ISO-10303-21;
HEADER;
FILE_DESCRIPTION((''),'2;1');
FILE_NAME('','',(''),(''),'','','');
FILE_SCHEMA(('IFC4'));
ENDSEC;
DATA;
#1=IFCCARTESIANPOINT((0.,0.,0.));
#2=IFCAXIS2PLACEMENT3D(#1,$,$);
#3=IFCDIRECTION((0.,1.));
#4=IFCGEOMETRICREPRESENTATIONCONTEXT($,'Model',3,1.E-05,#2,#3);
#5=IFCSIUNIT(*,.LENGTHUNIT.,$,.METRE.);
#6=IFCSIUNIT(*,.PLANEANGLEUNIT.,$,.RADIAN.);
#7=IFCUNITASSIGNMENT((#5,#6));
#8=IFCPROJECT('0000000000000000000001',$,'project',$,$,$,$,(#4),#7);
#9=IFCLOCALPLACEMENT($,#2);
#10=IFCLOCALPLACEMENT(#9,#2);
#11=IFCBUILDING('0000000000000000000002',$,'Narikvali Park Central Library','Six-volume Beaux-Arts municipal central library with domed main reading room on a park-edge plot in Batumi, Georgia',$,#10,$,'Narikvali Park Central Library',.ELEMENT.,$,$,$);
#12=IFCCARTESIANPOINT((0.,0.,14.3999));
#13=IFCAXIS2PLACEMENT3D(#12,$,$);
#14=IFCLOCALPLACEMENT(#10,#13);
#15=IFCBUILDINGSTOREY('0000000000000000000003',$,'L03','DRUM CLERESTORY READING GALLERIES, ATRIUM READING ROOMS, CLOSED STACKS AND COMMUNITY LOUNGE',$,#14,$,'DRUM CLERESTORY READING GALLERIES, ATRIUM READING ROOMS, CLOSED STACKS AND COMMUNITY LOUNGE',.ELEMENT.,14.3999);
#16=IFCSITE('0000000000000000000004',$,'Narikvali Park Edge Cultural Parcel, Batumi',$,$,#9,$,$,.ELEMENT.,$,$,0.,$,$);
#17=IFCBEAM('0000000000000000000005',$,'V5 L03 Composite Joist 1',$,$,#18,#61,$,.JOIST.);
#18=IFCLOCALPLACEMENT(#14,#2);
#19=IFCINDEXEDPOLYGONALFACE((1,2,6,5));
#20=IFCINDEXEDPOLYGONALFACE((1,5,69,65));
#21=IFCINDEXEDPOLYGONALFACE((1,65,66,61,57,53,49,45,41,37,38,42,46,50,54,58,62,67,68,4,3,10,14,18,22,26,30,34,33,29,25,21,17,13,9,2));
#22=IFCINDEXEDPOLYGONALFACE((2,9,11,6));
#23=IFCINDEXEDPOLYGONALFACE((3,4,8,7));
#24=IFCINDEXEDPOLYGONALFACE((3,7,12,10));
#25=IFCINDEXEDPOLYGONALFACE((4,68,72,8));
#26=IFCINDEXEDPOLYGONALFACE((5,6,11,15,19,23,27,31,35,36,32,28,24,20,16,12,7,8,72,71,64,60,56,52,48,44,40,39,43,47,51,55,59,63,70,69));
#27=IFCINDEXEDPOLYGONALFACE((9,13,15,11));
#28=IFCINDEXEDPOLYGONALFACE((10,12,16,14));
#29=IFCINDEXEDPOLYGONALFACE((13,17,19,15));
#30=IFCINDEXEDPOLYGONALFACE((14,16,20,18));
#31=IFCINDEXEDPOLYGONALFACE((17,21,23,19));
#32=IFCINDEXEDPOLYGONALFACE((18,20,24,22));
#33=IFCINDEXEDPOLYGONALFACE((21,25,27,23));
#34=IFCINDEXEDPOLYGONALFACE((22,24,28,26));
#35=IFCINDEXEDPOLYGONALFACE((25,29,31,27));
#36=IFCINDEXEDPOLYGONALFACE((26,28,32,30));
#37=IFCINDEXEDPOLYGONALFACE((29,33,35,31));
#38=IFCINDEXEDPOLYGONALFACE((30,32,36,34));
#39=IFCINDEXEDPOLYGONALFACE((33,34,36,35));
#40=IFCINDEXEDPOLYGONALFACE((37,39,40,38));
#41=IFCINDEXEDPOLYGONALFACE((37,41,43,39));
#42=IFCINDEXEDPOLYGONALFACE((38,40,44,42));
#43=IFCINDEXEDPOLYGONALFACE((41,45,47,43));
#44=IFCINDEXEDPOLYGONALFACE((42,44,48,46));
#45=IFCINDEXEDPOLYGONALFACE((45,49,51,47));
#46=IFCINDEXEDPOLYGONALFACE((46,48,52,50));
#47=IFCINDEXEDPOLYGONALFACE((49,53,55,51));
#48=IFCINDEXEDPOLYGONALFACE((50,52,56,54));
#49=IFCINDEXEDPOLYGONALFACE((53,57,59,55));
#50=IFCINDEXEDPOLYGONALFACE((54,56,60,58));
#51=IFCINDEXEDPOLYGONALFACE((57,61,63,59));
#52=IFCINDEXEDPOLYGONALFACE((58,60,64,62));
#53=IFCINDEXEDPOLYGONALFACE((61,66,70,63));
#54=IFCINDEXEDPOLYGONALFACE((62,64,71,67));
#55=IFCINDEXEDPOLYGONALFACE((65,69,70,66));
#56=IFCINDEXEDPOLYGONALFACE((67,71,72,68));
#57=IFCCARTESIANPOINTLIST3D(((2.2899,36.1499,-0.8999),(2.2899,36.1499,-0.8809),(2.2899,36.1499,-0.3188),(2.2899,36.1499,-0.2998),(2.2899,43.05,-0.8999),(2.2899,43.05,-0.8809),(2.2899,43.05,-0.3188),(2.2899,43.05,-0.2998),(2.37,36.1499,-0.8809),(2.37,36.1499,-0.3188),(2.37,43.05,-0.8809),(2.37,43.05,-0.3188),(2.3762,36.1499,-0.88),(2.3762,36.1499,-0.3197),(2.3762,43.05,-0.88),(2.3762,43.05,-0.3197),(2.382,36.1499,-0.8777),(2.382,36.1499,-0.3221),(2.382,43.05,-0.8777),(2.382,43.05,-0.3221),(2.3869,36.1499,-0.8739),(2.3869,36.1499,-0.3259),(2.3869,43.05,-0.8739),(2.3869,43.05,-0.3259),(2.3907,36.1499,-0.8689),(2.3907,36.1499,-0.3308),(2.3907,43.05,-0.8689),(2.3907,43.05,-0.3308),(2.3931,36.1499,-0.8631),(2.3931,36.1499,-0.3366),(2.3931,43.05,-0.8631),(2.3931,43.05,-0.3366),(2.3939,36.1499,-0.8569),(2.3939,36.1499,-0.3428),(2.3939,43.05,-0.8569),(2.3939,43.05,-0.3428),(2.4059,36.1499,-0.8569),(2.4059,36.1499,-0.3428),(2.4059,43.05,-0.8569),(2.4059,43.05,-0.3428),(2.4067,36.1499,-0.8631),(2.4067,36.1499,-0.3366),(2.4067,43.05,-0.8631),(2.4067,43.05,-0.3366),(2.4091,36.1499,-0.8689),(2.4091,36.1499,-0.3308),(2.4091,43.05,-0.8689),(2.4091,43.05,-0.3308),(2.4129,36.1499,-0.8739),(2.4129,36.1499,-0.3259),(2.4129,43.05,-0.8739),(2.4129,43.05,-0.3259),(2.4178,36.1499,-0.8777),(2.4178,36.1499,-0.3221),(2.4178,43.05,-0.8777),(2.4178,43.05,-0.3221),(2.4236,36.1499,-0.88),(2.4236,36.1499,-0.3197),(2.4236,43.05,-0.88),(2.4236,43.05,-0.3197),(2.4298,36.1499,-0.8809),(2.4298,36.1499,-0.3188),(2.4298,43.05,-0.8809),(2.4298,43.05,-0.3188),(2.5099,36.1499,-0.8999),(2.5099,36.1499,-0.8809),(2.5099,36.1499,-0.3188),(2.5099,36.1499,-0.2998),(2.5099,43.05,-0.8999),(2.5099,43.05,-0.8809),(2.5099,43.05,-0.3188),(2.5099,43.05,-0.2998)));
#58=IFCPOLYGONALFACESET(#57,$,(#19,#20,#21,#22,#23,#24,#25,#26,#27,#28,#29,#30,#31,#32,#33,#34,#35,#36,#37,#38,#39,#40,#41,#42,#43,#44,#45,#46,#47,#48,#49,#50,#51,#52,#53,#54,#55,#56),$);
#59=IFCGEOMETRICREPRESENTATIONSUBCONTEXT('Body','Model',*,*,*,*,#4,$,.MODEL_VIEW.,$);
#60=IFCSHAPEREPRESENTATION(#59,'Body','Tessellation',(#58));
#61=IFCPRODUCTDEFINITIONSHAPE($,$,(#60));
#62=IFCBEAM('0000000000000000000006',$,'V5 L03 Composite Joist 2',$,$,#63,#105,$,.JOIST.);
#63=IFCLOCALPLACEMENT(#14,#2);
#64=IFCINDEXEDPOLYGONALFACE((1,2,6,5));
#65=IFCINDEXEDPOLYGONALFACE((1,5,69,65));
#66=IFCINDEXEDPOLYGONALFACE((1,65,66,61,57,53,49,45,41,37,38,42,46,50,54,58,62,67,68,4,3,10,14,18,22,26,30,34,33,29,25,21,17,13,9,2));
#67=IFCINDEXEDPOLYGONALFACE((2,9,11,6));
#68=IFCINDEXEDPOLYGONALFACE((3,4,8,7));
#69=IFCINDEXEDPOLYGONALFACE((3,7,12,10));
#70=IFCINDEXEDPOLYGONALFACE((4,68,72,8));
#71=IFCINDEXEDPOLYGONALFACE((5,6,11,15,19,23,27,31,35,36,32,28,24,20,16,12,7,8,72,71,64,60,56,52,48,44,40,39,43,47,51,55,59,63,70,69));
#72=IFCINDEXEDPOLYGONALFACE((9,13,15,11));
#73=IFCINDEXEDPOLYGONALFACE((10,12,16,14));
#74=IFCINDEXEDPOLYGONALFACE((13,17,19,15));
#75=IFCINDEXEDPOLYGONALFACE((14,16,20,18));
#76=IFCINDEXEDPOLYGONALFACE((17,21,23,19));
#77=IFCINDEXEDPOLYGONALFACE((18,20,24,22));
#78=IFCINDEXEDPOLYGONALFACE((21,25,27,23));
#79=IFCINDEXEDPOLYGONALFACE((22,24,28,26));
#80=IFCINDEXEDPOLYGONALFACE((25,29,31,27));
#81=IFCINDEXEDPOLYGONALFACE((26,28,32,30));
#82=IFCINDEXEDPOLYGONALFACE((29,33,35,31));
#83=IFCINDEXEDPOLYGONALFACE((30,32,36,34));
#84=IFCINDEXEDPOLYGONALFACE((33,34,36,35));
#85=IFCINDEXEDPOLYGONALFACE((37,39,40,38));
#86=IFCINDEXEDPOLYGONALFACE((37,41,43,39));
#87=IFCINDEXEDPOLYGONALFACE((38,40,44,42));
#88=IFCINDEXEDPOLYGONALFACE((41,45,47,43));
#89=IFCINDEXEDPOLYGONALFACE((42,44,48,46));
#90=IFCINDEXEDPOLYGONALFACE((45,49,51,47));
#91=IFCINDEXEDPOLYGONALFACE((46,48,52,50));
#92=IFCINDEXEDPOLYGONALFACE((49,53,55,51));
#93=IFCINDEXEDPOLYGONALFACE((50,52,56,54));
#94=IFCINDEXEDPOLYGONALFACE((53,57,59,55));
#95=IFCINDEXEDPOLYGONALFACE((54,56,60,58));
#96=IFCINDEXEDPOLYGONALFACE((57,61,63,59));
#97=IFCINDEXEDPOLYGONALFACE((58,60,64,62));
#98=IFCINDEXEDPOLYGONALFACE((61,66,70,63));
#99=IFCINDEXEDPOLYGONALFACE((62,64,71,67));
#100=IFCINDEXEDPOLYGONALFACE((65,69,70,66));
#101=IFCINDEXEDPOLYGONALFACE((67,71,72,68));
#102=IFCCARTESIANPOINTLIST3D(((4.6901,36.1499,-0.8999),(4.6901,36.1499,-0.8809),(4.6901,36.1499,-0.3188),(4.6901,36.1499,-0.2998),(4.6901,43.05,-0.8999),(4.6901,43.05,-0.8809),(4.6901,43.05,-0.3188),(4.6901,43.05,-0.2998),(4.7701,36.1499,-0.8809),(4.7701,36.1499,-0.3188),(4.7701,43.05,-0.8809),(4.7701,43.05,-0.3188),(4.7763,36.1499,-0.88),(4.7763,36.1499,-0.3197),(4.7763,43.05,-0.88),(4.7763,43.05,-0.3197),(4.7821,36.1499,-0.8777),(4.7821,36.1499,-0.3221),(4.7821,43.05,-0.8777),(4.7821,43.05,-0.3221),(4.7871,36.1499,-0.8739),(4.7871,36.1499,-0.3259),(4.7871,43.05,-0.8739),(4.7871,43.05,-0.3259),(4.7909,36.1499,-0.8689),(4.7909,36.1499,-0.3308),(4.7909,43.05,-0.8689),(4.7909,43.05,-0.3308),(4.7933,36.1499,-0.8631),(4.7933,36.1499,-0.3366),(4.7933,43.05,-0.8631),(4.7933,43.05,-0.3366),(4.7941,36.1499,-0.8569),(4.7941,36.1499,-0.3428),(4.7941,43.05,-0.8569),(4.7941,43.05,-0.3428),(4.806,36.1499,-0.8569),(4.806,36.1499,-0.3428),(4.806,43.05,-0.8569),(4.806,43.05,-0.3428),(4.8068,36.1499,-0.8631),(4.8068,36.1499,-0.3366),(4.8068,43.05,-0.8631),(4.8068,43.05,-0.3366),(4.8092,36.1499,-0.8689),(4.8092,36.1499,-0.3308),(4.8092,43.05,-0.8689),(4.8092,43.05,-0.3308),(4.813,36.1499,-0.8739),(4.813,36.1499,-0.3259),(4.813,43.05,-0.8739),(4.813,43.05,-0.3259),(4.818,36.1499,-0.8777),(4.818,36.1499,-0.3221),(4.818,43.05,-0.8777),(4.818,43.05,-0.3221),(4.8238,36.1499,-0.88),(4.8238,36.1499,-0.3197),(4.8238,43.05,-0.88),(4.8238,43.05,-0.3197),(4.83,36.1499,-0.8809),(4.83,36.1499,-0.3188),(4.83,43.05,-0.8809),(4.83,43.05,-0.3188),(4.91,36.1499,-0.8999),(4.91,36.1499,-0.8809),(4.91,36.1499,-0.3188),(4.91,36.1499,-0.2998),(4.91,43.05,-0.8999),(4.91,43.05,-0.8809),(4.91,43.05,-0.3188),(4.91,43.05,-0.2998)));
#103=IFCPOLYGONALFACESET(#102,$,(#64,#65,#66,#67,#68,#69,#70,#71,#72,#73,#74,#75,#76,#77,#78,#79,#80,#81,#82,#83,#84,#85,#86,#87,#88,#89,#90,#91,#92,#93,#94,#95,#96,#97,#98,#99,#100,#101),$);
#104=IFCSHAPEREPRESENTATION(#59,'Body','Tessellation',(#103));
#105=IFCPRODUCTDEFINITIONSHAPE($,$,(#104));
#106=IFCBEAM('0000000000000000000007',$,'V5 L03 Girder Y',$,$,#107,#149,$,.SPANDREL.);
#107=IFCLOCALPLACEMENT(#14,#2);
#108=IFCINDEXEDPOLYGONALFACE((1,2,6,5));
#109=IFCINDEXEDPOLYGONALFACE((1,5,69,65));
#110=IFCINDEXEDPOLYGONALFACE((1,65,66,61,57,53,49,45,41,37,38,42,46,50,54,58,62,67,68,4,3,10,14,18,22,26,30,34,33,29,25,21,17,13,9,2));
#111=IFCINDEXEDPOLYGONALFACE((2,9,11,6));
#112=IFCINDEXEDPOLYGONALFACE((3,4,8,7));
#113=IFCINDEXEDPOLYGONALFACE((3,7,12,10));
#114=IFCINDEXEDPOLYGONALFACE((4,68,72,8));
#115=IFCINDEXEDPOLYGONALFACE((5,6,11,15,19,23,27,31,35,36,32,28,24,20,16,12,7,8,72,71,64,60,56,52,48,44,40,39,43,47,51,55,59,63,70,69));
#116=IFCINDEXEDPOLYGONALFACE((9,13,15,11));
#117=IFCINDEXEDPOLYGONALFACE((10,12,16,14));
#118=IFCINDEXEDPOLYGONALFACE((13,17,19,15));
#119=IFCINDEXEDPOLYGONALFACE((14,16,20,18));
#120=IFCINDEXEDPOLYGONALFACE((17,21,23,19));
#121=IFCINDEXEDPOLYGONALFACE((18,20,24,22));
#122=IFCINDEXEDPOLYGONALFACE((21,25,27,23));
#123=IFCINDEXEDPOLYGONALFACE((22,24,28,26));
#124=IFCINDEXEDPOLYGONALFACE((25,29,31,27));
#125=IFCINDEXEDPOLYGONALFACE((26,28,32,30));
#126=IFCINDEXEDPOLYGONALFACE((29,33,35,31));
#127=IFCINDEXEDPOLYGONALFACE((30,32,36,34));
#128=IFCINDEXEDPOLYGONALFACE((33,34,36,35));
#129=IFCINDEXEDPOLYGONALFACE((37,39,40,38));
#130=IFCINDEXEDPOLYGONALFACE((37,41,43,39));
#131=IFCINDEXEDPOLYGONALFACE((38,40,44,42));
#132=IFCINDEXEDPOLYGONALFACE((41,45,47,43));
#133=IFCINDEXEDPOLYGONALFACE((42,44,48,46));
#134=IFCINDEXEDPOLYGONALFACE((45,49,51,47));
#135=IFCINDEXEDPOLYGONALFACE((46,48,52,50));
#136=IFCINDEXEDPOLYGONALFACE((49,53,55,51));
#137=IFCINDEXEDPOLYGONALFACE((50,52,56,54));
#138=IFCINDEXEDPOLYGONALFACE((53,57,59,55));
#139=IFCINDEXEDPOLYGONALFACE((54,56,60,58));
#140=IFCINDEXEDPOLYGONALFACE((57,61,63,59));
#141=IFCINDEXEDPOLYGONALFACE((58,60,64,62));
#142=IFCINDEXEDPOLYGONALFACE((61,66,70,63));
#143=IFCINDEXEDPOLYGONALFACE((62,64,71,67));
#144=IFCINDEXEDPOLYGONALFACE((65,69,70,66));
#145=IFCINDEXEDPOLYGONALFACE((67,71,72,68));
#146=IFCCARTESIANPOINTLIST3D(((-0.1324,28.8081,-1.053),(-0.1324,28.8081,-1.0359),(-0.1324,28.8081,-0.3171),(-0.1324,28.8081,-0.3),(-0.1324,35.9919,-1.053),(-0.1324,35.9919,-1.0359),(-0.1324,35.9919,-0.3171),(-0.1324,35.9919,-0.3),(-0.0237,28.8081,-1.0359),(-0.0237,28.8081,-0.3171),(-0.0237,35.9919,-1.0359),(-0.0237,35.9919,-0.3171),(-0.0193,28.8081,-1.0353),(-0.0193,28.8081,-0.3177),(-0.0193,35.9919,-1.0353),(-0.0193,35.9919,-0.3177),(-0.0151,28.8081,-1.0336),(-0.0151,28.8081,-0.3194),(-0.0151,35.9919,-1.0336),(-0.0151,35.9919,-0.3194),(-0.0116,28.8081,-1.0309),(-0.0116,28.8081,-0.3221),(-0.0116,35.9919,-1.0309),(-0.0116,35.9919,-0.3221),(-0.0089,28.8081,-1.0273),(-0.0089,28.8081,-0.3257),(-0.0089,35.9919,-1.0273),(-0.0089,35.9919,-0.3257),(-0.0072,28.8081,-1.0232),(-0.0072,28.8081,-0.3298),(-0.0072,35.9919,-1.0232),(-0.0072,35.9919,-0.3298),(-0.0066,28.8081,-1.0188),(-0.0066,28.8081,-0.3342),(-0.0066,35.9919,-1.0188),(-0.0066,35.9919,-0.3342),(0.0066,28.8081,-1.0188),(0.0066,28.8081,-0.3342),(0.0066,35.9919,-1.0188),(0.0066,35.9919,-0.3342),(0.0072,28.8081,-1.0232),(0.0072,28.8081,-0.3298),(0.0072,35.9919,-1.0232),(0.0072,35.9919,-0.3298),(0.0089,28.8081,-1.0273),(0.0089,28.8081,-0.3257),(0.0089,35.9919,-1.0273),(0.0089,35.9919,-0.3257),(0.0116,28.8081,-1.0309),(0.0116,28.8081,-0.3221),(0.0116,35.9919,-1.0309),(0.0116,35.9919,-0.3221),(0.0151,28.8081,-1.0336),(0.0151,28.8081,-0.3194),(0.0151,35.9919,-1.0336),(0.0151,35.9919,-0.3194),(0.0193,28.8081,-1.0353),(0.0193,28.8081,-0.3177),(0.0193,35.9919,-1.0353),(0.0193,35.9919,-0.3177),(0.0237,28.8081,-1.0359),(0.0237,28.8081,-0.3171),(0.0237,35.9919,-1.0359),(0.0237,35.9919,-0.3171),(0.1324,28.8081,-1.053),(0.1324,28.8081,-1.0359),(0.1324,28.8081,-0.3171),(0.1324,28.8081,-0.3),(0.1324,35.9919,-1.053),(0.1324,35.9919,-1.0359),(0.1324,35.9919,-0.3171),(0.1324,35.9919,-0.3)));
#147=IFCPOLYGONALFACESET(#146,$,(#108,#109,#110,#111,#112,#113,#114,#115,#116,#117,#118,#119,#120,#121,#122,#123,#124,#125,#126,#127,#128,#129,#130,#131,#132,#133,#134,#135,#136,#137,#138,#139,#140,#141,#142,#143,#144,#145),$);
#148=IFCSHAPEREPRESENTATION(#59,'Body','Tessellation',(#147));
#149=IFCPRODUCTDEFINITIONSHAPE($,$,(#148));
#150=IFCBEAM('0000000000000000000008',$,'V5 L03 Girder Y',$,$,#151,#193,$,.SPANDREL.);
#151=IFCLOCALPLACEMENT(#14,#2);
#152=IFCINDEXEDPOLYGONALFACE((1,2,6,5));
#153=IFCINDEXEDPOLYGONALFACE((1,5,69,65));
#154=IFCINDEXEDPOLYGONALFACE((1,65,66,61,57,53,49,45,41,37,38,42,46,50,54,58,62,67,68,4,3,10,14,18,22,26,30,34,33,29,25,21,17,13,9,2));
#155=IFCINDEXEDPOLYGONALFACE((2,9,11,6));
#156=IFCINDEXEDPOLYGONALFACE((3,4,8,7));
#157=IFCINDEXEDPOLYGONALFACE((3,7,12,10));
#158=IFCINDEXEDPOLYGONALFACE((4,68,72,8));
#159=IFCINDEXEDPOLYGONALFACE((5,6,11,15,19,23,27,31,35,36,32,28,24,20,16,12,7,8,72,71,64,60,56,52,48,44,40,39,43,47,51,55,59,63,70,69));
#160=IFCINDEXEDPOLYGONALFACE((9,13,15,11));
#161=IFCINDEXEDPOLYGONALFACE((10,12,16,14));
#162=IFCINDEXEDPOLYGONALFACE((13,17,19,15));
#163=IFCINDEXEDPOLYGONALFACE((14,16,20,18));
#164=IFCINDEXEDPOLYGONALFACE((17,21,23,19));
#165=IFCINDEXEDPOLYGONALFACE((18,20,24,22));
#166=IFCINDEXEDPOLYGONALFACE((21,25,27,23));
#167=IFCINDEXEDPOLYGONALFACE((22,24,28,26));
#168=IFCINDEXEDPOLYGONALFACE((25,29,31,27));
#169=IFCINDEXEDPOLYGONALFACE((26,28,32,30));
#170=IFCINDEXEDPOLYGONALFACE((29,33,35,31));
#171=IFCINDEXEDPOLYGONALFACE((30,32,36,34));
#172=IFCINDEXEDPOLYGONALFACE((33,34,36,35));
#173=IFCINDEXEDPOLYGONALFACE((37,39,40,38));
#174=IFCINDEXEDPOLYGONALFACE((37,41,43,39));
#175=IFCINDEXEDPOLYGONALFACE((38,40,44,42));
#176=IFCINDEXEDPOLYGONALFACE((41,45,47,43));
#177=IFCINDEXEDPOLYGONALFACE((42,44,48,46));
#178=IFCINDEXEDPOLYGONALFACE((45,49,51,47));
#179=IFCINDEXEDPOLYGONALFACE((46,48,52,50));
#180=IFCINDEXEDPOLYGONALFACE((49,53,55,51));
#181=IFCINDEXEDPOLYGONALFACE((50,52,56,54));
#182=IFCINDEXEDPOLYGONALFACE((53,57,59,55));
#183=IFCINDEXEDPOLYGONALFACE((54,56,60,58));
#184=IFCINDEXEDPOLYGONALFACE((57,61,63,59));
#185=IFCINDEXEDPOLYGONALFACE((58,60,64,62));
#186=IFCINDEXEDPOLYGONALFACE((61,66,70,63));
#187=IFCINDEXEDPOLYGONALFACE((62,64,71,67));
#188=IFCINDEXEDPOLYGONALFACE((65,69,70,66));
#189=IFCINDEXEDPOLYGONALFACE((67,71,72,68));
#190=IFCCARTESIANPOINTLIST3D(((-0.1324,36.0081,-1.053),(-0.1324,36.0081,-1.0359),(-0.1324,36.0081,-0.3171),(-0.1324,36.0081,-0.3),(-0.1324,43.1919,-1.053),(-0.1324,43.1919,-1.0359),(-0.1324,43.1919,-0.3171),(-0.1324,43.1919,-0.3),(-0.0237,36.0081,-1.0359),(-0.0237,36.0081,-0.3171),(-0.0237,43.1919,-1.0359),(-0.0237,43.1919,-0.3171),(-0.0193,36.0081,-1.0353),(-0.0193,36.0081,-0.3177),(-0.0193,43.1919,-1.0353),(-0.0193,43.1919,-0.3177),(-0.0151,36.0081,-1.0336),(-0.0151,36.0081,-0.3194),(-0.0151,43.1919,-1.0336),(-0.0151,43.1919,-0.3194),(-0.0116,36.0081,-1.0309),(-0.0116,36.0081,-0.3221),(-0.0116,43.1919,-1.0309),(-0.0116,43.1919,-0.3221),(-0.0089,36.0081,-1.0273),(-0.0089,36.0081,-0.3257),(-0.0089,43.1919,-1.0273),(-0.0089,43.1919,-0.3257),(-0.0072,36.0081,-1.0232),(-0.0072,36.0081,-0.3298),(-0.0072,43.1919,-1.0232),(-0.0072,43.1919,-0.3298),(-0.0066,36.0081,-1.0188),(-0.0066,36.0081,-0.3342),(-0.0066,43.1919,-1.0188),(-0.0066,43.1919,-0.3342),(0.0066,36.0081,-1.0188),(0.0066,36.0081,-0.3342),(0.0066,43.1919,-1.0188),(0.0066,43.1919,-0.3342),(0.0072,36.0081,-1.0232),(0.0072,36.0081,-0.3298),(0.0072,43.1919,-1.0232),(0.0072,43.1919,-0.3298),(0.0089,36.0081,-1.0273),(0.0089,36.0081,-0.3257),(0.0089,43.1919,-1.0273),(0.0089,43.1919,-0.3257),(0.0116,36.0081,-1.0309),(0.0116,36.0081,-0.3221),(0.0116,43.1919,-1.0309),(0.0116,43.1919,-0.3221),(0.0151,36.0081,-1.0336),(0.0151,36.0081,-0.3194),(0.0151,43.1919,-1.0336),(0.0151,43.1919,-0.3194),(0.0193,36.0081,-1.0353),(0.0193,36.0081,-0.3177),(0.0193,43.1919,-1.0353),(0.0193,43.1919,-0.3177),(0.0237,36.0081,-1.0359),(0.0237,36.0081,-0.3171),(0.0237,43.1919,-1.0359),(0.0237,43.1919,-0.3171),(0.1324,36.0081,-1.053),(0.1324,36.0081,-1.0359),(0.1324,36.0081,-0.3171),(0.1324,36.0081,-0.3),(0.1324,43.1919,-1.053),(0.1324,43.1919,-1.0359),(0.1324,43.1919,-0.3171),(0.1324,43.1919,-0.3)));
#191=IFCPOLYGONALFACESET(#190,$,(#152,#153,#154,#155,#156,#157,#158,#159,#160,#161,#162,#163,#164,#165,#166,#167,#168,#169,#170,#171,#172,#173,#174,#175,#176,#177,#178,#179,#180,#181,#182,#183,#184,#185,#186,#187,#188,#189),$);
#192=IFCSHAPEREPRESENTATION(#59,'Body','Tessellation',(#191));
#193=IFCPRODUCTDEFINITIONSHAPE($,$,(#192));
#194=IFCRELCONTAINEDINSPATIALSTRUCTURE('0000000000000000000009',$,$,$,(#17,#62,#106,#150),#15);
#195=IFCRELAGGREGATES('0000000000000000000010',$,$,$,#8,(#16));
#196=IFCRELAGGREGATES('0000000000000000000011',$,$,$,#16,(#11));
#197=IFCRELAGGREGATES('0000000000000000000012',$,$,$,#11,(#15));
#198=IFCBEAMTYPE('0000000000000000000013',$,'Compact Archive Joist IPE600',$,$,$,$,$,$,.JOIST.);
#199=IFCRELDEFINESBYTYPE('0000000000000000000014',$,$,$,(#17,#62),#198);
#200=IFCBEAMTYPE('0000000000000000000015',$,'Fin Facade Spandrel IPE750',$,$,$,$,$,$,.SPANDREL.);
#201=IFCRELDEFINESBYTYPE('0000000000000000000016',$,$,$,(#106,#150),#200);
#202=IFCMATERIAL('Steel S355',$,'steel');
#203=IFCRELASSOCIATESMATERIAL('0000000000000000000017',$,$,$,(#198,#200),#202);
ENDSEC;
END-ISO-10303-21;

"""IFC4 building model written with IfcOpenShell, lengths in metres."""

from ifc_helpers import new_model, si_unit, direction, frame, origin, origin_2d, place, context, subcontext, project, spatial, i_section, extrude, material, material_profile, profile_set, type_object, element, save


model = new_model("IFC4")

# Units and contexts
model_context = context("Model", 3, precision=1e-05, world=origin(), true_north=direction((0.0, 1.0)))
body_context = subcontext(model_context, "Body", "Model", "MODEL_VIEW")
ifc_project = project(units=[si_unit("LENGTHUNIT", "METRE"), si_unit("PLANEANGLEUNIT", "RADIAN")], contexts=[model_context])

# Site, building, storey
site_placement = place(None, origin())
site = spatial("IfcSite", under=ifc_project, at=site_placement, Name="Narikvali Park Edge Cultural Parcel, Batumi", CompositionType="ELEMENT", RefElevation=0.0)
building_placement = place(site_placement, origin())
building = spatial("IfcBuilding", under=site, at=building_placement, Name="Narikvali Park Central Library", Description="Six-volume Beaux-Arts municipal central library with domed main reading room on a park-edge plot in Batumi, Georgia", LongName="Narikvali Park Central Library", CompositionType="ELEMENT")
storey_placement = place(building_placement, frame((0.0, 0.0, 14.3999)))
storey = spatial("IfcBuildingStorey", under=building, at=storey_placement, Name="L03", Description="DRUM CLERESTORY READING GALLERIES, ATRIUM READING ROOMS, CLOSED STACKS AND COMMUNITY LOUNGE", LongName="DRUM CLERESTORY READING GALLERIES, ATRIUM READING ROOMS, CLOSED STACKS AND COMMUNITY LOUNGE", CompositionType="ELEMENT", Elevation=14.3999)

# Shared definitions
ifc_material_1 = material(Name="Steel S355", Category="steel")

# Beams
ifc_material_profile_1 = material_profile(ifc_material_1, i_section(OverallWidth=0.22, OverallDepth=0.6001, WebThickness=0.012, FlangeThickness=0.019, FilletRadius=0.0239, at=origin_2d()), Name="IPE 600")
ifc_profile_set_1 = profile_set([ifc_material_profile_1], Name="Steel S355")
beam_type_1 = type_object("IfcBeamType", Name="Compact Archive Joist IPE600", PredefinedType="JOIST", material=ifc_profile_set_1)
for number, where, z_axis, x_axis, name in (
    (1, (2.3999, 36.1499, -0.5999), (0.0, 1.0, 0.0), (-1.0, 0.0, 0.0), "V5 L03 Composite Joist 1"),
    (2, (4.8, 36.1499, -0.5999), (0.0, 1.0, 0.0), (-1.0, 0.0, 0.0), "V5 L03 Composite Joist 2"),
):
    element("IfcBeam", number, at=place(storey_placement, frame(where, z_axis=z_axis, x_axis=x_axis)), inside=storey, type_object=beam_type_1, Name=name, PredefinedType="JOIST", context=body_context, shape_type="SweptSolid", body=[
        extrude(i_section(OverallWidth=0.22, OverallDepth=0.6001, WebThickness=0.012, FlangeThickness=0.019, FilletRadius=0.0239, at=origin_2d()), origin(), (0.0, 0.0, 1.0), 6.9001),
    ])
ifc_material_profile_2 = material_profile(ifc_material_1, i_section(OverallWidth=0.2649, OverallDepth=0.7529, WebThickness=0.0132, FlangeThickness=0.0171, FilletRadius=0.0171, at=origin_2d()), Name="IPE 750x147")
ifc_profile_set_2 = profile_set([ifc_material_profile_2], Name="Steel S355")
beam_type_2 = type_object("IfcBeamType", Name="Fin Facade Spandrel IPE750", PredefinedType="SPANDREL", material=ifc_profile_set_2)
for number, where, z_axis, x_axis, name in (
    (3, (0.0, 28.8081, -0.6765), (0.0, 1.0, 0.0), (-1.0, 0.0, 0.0), "V5 L03 Girder Y"),
    (4, (0.0, 36.0081, -0.6765), (0.0, 1.0, 0.0), (-1.0, 0.0, 0.0), "V5 L03 Girder Y"),
):
    element("IfcBeam", number, at=place(storey_placement, frame(where, z_axis=z_axis, x_axis=x_axis)), inside=storey, type_object=beam_type_2, Name=name, PredefinedType="SPANDREL", context=body_context, shape_type="SweptSolid", body=[
        extrude(i_section(OverallWidth=0.2649, OverallDepth=0.7529, WebThickness=0.0132, FlangeThickness=0.0171, FilletRadius=0.0171, at=origin_2d()), origin(), (0.0, 0.0, 1.0), 7.1838),
    ])

save(model, "model.ifc")
